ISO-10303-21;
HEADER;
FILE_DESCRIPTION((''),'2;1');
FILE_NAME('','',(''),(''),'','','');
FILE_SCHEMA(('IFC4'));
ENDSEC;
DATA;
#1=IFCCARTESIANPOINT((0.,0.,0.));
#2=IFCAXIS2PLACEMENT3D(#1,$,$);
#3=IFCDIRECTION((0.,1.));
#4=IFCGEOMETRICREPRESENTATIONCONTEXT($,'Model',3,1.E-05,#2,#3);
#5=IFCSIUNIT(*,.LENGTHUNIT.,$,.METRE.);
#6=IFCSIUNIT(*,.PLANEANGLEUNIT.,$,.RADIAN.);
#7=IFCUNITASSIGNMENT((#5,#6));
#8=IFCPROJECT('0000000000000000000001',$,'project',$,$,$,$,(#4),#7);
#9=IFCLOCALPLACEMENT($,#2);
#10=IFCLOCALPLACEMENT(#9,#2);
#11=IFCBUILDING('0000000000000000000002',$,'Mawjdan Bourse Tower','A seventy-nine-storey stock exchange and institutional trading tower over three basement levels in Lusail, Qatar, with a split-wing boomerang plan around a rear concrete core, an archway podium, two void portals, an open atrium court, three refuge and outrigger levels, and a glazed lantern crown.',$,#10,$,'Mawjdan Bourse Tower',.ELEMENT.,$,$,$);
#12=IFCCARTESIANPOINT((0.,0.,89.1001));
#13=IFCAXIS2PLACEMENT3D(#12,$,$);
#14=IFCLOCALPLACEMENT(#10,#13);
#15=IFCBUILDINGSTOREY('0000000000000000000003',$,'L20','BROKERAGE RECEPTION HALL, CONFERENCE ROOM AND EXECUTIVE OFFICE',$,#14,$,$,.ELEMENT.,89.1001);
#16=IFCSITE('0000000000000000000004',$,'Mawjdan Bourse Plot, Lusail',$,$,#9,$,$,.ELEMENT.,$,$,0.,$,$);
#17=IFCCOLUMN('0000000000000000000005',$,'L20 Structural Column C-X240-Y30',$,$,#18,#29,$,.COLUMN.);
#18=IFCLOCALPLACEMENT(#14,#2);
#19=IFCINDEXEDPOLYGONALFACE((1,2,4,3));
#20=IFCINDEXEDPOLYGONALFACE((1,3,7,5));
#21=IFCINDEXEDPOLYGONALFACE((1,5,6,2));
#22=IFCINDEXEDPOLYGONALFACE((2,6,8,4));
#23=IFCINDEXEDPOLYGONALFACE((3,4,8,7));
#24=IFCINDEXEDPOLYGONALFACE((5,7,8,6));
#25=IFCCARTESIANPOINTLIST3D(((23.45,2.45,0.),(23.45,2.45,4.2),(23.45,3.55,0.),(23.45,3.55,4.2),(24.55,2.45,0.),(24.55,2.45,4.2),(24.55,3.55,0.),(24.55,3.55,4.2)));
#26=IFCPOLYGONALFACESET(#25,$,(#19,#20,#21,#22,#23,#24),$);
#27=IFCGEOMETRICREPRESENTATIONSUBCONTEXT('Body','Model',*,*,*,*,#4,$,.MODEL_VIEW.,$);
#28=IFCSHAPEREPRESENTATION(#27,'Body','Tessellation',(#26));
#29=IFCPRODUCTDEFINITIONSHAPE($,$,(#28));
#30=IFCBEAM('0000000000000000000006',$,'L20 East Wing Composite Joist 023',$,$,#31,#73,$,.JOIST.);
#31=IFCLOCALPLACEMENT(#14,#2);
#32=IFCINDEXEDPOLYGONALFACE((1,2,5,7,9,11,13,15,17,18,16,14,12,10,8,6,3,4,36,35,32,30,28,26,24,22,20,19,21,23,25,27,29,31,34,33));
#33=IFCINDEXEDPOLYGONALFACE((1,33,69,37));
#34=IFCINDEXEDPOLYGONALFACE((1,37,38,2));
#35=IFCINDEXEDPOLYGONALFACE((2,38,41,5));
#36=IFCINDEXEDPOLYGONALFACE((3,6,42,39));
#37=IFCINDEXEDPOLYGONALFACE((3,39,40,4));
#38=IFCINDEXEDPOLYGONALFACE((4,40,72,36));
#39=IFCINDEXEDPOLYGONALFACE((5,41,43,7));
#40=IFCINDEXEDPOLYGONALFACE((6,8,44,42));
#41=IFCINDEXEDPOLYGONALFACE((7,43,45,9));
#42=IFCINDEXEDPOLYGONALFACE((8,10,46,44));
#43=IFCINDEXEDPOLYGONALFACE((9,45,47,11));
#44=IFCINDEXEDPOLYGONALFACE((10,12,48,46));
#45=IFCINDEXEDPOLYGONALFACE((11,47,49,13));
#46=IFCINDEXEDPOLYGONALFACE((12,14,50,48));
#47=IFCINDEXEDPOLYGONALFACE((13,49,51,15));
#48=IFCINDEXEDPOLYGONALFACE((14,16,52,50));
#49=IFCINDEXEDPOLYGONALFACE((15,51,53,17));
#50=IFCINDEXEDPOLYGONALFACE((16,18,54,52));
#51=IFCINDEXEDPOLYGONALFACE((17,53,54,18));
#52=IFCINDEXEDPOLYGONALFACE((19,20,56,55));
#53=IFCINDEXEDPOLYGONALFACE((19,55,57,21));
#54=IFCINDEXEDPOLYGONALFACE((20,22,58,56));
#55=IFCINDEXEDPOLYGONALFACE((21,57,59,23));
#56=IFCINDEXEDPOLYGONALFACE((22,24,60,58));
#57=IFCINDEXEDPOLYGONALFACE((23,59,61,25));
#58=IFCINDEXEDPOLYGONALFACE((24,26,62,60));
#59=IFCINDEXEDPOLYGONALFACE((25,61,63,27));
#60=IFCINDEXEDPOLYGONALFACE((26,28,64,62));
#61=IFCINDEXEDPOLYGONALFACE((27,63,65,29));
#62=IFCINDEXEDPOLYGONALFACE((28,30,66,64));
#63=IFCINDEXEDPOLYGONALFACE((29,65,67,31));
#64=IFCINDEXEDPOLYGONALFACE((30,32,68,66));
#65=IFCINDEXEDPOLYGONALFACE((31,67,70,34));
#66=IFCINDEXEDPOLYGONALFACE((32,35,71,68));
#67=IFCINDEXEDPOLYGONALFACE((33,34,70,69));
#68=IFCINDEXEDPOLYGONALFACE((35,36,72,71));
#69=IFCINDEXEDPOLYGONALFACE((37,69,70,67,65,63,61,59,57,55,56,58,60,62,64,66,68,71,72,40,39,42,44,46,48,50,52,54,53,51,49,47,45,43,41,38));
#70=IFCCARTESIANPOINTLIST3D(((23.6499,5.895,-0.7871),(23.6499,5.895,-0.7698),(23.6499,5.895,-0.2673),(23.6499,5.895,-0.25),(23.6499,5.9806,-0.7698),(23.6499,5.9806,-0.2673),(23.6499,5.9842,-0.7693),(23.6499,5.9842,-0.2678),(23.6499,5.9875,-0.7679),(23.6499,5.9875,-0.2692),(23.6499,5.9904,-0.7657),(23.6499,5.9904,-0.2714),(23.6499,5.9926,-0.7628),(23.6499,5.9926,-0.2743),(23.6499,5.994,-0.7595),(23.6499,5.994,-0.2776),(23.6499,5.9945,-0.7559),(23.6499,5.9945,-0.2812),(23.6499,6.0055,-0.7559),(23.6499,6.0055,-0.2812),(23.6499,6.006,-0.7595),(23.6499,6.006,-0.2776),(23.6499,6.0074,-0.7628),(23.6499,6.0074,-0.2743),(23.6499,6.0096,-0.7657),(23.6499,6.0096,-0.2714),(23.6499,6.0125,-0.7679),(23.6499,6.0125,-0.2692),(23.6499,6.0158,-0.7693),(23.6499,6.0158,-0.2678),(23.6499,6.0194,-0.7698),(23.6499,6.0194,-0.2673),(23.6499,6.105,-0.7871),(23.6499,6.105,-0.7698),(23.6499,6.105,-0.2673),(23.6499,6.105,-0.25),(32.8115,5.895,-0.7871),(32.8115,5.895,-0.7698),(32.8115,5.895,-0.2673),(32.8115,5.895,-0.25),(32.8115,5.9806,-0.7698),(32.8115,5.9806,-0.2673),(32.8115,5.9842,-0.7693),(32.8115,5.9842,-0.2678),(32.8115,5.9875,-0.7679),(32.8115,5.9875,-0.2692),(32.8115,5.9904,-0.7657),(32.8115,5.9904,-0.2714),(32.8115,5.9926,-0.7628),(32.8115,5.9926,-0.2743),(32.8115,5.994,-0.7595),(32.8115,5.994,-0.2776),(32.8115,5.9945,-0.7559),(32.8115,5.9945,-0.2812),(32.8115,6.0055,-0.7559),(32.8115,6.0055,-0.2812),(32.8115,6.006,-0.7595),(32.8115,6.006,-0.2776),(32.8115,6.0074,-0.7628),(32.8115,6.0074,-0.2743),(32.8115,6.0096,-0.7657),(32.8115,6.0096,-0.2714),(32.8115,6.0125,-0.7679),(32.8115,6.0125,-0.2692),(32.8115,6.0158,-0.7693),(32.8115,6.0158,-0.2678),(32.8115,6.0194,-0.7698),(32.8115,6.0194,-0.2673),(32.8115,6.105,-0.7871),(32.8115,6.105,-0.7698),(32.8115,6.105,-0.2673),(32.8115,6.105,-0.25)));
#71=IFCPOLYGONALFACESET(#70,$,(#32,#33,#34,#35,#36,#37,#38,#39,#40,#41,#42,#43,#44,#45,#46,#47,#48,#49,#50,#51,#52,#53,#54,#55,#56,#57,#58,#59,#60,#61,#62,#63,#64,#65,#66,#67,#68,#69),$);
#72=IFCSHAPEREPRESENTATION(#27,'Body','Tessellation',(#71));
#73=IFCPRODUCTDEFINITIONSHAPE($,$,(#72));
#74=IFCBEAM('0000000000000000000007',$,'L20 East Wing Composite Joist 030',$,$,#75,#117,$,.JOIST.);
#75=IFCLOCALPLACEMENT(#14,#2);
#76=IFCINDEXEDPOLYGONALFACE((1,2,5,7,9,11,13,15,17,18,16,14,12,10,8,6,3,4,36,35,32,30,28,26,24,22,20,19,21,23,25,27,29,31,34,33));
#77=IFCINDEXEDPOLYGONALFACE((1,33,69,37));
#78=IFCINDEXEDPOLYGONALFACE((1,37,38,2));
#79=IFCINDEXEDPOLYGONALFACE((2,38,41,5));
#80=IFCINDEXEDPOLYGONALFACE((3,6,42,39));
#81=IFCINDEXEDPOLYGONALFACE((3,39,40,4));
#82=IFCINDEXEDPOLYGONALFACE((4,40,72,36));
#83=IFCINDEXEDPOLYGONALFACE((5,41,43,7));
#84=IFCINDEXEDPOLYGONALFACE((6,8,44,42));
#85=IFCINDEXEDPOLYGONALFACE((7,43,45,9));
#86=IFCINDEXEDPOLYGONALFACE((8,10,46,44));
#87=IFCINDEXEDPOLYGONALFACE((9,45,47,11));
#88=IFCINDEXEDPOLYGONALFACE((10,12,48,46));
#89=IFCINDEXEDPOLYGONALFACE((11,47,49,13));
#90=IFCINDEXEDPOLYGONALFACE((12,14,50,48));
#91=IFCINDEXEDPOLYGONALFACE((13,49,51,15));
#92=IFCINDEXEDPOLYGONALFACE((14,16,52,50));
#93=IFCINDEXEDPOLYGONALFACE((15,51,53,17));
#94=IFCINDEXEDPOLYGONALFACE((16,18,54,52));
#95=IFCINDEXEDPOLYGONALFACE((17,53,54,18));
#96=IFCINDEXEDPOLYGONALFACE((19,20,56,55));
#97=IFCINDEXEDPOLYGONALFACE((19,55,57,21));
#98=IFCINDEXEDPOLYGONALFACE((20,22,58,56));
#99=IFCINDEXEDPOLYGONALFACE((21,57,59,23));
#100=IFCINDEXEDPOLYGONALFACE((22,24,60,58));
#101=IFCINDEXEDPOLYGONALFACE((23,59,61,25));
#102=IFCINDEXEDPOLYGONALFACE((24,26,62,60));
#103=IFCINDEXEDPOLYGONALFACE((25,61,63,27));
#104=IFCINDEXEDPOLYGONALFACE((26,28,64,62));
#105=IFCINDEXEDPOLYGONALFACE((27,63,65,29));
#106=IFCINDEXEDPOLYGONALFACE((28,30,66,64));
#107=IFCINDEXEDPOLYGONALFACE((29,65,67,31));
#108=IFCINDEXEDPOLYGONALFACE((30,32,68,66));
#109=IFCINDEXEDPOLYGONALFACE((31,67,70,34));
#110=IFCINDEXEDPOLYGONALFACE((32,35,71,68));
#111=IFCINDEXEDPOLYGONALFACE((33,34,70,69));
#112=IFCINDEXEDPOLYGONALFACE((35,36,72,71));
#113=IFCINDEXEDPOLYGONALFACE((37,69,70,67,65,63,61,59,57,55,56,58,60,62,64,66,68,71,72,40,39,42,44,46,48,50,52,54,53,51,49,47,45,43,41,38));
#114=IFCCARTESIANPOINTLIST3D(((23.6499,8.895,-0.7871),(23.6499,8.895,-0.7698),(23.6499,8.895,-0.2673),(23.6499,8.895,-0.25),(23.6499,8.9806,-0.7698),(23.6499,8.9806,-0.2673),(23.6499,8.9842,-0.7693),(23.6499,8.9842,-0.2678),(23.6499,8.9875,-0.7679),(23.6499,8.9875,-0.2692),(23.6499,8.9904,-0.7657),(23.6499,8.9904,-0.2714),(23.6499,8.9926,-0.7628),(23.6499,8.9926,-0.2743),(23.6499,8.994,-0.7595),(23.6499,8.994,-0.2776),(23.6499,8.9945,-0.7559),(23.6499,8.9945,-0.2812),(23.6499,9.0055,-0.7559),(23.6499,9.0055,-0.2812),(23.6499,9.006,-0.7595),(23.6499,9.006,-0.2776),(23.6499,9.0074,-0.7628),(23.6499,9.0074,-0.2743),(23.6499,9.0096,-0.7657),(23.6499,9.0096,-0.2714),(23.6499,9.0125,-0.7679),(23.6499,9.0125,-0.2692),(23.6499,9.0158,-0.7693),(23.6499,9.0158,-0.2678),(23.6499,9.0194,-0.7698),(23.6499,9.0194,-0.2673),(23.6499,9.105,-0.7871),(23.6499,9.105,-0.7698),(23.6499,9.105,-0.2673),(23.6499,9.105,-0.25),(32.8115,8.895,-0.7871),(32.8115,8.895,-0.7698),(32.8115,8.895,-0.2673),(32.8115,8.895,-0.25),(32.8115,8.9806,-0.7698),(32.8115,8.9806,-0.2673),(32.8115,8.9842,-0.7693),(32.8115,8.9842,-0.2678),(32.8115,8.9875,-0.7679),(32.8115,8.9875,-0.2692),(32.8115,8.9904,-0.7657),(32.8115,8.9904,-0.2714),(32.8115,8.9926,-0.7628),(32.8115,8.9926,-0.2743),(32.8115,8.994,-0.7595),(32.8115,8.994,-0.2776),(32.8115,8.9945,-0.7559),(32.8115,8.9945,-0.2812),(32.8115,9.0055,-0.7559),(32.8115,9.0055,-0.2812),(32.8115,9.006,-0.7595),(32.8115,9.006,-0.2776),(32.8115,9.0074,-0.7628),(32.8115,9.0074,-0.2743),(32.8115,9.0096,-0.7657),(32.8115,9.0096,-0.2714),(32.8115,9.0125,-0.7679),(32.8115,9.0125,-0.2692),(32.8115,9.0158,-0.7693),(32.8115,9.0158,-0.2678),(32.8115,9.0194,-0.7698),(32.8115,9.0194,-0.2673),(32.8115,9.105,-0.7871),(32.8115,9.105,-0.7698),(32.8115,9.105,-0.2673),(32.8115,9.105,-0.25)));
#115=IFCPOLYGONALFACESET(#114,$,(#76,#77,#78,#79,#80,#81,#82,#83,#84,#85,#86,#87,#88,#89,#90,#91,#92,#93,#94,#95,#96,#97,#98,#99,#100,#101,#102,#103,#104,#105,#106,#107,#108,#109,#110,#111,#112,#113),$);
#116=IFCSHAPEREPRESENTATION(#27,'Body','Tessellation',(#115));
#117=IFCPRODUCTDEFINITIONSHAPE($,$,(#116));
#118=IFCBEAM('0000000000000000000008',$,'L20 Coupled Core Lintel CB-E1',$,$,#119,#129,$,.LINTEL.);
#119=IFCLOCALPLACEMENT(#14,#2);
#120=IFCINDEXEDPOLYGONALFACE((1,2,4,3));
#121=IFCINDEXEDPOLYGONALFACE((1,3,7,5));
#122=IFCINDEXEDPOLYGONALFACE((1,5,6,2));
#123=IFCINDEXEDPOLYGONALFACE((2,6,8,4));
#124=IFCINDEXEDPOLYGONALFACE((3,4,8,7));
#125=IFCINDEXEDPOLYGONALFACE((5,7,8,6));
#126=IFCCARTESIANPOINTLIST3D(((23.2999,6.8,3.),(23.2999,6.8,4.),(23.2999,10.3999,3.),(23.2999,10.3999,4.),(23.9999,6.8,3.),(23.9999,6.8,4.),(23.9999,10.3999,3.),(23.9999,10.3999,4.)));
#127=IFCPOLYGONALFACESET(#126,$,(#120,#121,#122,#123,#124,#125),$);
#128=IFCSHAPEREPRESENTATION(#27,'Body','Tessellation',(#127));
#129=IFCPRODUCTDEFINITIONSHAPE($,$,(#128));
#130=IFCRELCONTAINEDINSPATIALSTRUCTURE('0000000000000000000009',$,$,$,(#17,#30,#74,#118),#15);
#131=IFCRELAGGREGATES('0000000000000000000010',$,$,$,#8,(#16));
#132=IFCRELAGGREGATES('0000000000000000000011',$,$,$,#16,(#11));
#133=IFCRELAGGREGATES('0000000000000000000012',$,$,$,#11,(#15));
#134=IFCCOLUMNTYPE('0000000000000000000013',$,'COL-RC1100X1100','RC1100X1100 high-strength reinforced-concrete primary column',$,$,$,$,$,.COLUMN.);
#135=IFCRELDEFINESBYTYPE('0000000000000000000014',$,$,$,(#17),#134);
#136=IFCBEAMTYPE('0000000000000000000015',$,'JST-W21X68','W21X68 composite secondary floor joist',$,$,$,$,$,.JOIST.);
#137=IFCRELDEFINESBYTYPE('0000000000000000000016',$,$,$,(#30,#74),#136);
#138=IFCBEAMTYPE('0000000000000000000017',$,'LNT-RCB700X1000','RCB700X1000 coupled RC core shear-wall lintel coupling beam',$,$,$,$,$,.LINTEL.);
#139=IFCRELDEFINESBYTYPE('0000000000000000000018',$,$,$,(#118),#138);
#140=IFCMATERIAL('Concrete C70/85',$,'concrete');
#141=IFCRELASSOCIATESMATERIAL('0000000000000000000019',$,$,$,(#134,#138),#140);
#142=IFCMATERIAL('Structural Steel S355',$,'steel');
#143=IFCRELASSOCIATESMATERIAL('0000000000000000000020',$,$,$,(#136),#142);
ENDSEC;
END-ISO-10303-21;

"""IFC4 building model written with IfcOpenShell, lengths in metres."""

from ifc_helpers import new_model, si_unit, direction, frame, origin, origin_2d, place, context, subcontext, project, spatial, rectangle, i_section, extrude, material, material_profile, profile_set, type_object, element, save


model = new_model("IFC4")

# Units and contexts
model_context = context("Model", 3, precision=1e-05, world=origin(), true_north=direction((0.0, 1.0)))
body_context = subcontext(model_context, "Body", "Model", "MODEL_VIEW")
ifc_project = project(units=[si_unit("LENGTHUNIT", "METRE"), si_unit("PLANEANGLEUNIT", "RADIAN")], contexts=[model_context])

# Site, building, storey
site_placement = place(None, origin())
site = spatial("IfcSite", under=ifc_project, at=site_placement, Name="Mawjdan Bourse Plot, Lusail", CompositionType="ELEMENT", RefElevation=0.0)
building_placement = place(site_placement, origin())
building = spatial("IfcBuilding", under=site, at=building_placement, Name="Mawjdan Bourse Tower", Description="A seventy-nine-storey stock exchange and institutional trading tower over three basement levels in Lusail, Qatar, with a split-wing boomerang plan around a rear concrete core, an archway podium, two void portals, an open atrium court, three refuge and outrigger levels, and a glazed lantern crown.", LongName="Mawjdan Bourse Tower", CompositionType="ELEMENT")
storey_placement = place(building_placement, frame((0.0, 0.0, 89.1001)))
storey = spatial("IfcBuildingStorey", under=building, at=storey_placement, Name="L20", Description="BROKERAGE RECEPTION HALL, CONFERENCE ROOM AND EXECUTIVE OFFICE", CompositionType="ELEMENT", Elevation=89.1001)

# Column
ifc_material_1 = material(Name="Concrete C70/85", Category="concrete")
ifc_material_profile_1 = material_profile(ifc_material_1, rectangle(XDim=1.1001, YDim=1.1001, at=origin_2d()), Name="RC1100X1100")
ifc_profile_set_1 = profile_set([ifc_material_profile_1], Name="Concrete C70/85")
column_type = type_object("IfcColumnType", Name="COL-RC1100X1100", Description="RC1100X1100 high-strength reinforced-concrete primary column", PredefinedType="COLUMN", material=ifc_profile_set_1)
column_placement = place(storey_placement, frame((24.0, 3.0, 0.0), z_axis=(0.0, 0.0, 1.0), x_axis=(1.0, 0.0, 0.0)))
element("IfcColumn", 1, at=column_placement, inside=storey, type_object=column_type, Name="L20 Structural Column C-X240-Y30", PredefinedType="COLUMN", context=body_context, shape_type="SweptSolid", body=[
    extrude(rectangle(XDim=1.1001, YDim=1.1001, at=origin_2d()), origin(), (0.0, 0.0, 1.0), 4.2),
])

# Beams
ifc_material_2 = material(Name="Structural Steel S355", Category="steel")
ifc_material_profile_2 = material_profile(ifc_material_2, i_section(OverallWidth=0.21, OverallDepth=0.5371, WebThickness=0.011, FlangeThickness=0.0173, FilletRadius=0.0139, at=origin_2d()), Name="W21X68")
ifc_profile_set_2 = profile_set([ifc_material_profile_2], Name="Structural Steel S355")
beam_type_1 = type_object("IfcBeamType", Name="JST-W21X68", Description="W21X68 composite secondary floor joist", PredefinedType="JOIST", material=ifc_profile_set_2)
for number, where, z_axis, x_axis, name in (
    (2, (23.6499, 6.0, -0.5186), (1.0, 0.0, 0.0), (0.0, 1.0, 0.0), "L20 East Wing Composite Joist 023"),
    (3, (23.6499, 9.0, -0.5186), (1.0, 0.0, 0.0), (0.0, 1.0, 0.0), "L20 East Wing Composite Joist 030"),
):
    element("IfcBeam", number, at=place(storey_placement, frame(where, z_axis=z_axis, x_axis=x_axis)), inside=storey, type_object=beam_type_1, Name=name, PredefinedType="JOIST", context=body_context, shape_type="SweptSolid", body=[
        extrude(i_section(OverallWidth=0.21, OverallDepth=0.5371, WebThickness=0.011, FlangeThickness=0.0173, FilletRadius=0.0139, at=origin_2d()), origin(), (0.0, 0.0, 1.0), 9.1616),
    ])
ifc_material_profile_3 = material_profile(ifc_material_1, rectangle(XDim=0.7, YDim=1.0, at=origin_2d()), Name="RCB700X1000")
ifc_profile_set_3 = profile_set([ifc_material_profile_3], Name="Concrete C70/85")
beam_type_2 = type_object("IfcBeamType", Name="LNT-RCB700X1000", Description="RCB700X1000 coupled RC core shear-wall lintel coupling beam", PredefinedType="LINTEL", material=ifc_profile_set_3)
beam_placement = place(storey_placement, frame((23.6499, 6.8, 3.5), z_axis=(0.0, 1.0, 0.0), x_axis=(-1.0, 0.0, 0.0)))
element("IfcBeam", 4, at=beam_placement, inside=storey, type_object=beam_type_2, Name="L20 Coupled Core Lintel CB-E1", PredefinedType="LINTEL", context=body_context, shape_type="SweptSolid", body=[
    extrude(rectangle(XDim=0.7, YDim=1.0, at=origin_2d()), origin(), (0.0, 0.0, 1.0), 3.5999),
])

save(model, "model.ifc")
